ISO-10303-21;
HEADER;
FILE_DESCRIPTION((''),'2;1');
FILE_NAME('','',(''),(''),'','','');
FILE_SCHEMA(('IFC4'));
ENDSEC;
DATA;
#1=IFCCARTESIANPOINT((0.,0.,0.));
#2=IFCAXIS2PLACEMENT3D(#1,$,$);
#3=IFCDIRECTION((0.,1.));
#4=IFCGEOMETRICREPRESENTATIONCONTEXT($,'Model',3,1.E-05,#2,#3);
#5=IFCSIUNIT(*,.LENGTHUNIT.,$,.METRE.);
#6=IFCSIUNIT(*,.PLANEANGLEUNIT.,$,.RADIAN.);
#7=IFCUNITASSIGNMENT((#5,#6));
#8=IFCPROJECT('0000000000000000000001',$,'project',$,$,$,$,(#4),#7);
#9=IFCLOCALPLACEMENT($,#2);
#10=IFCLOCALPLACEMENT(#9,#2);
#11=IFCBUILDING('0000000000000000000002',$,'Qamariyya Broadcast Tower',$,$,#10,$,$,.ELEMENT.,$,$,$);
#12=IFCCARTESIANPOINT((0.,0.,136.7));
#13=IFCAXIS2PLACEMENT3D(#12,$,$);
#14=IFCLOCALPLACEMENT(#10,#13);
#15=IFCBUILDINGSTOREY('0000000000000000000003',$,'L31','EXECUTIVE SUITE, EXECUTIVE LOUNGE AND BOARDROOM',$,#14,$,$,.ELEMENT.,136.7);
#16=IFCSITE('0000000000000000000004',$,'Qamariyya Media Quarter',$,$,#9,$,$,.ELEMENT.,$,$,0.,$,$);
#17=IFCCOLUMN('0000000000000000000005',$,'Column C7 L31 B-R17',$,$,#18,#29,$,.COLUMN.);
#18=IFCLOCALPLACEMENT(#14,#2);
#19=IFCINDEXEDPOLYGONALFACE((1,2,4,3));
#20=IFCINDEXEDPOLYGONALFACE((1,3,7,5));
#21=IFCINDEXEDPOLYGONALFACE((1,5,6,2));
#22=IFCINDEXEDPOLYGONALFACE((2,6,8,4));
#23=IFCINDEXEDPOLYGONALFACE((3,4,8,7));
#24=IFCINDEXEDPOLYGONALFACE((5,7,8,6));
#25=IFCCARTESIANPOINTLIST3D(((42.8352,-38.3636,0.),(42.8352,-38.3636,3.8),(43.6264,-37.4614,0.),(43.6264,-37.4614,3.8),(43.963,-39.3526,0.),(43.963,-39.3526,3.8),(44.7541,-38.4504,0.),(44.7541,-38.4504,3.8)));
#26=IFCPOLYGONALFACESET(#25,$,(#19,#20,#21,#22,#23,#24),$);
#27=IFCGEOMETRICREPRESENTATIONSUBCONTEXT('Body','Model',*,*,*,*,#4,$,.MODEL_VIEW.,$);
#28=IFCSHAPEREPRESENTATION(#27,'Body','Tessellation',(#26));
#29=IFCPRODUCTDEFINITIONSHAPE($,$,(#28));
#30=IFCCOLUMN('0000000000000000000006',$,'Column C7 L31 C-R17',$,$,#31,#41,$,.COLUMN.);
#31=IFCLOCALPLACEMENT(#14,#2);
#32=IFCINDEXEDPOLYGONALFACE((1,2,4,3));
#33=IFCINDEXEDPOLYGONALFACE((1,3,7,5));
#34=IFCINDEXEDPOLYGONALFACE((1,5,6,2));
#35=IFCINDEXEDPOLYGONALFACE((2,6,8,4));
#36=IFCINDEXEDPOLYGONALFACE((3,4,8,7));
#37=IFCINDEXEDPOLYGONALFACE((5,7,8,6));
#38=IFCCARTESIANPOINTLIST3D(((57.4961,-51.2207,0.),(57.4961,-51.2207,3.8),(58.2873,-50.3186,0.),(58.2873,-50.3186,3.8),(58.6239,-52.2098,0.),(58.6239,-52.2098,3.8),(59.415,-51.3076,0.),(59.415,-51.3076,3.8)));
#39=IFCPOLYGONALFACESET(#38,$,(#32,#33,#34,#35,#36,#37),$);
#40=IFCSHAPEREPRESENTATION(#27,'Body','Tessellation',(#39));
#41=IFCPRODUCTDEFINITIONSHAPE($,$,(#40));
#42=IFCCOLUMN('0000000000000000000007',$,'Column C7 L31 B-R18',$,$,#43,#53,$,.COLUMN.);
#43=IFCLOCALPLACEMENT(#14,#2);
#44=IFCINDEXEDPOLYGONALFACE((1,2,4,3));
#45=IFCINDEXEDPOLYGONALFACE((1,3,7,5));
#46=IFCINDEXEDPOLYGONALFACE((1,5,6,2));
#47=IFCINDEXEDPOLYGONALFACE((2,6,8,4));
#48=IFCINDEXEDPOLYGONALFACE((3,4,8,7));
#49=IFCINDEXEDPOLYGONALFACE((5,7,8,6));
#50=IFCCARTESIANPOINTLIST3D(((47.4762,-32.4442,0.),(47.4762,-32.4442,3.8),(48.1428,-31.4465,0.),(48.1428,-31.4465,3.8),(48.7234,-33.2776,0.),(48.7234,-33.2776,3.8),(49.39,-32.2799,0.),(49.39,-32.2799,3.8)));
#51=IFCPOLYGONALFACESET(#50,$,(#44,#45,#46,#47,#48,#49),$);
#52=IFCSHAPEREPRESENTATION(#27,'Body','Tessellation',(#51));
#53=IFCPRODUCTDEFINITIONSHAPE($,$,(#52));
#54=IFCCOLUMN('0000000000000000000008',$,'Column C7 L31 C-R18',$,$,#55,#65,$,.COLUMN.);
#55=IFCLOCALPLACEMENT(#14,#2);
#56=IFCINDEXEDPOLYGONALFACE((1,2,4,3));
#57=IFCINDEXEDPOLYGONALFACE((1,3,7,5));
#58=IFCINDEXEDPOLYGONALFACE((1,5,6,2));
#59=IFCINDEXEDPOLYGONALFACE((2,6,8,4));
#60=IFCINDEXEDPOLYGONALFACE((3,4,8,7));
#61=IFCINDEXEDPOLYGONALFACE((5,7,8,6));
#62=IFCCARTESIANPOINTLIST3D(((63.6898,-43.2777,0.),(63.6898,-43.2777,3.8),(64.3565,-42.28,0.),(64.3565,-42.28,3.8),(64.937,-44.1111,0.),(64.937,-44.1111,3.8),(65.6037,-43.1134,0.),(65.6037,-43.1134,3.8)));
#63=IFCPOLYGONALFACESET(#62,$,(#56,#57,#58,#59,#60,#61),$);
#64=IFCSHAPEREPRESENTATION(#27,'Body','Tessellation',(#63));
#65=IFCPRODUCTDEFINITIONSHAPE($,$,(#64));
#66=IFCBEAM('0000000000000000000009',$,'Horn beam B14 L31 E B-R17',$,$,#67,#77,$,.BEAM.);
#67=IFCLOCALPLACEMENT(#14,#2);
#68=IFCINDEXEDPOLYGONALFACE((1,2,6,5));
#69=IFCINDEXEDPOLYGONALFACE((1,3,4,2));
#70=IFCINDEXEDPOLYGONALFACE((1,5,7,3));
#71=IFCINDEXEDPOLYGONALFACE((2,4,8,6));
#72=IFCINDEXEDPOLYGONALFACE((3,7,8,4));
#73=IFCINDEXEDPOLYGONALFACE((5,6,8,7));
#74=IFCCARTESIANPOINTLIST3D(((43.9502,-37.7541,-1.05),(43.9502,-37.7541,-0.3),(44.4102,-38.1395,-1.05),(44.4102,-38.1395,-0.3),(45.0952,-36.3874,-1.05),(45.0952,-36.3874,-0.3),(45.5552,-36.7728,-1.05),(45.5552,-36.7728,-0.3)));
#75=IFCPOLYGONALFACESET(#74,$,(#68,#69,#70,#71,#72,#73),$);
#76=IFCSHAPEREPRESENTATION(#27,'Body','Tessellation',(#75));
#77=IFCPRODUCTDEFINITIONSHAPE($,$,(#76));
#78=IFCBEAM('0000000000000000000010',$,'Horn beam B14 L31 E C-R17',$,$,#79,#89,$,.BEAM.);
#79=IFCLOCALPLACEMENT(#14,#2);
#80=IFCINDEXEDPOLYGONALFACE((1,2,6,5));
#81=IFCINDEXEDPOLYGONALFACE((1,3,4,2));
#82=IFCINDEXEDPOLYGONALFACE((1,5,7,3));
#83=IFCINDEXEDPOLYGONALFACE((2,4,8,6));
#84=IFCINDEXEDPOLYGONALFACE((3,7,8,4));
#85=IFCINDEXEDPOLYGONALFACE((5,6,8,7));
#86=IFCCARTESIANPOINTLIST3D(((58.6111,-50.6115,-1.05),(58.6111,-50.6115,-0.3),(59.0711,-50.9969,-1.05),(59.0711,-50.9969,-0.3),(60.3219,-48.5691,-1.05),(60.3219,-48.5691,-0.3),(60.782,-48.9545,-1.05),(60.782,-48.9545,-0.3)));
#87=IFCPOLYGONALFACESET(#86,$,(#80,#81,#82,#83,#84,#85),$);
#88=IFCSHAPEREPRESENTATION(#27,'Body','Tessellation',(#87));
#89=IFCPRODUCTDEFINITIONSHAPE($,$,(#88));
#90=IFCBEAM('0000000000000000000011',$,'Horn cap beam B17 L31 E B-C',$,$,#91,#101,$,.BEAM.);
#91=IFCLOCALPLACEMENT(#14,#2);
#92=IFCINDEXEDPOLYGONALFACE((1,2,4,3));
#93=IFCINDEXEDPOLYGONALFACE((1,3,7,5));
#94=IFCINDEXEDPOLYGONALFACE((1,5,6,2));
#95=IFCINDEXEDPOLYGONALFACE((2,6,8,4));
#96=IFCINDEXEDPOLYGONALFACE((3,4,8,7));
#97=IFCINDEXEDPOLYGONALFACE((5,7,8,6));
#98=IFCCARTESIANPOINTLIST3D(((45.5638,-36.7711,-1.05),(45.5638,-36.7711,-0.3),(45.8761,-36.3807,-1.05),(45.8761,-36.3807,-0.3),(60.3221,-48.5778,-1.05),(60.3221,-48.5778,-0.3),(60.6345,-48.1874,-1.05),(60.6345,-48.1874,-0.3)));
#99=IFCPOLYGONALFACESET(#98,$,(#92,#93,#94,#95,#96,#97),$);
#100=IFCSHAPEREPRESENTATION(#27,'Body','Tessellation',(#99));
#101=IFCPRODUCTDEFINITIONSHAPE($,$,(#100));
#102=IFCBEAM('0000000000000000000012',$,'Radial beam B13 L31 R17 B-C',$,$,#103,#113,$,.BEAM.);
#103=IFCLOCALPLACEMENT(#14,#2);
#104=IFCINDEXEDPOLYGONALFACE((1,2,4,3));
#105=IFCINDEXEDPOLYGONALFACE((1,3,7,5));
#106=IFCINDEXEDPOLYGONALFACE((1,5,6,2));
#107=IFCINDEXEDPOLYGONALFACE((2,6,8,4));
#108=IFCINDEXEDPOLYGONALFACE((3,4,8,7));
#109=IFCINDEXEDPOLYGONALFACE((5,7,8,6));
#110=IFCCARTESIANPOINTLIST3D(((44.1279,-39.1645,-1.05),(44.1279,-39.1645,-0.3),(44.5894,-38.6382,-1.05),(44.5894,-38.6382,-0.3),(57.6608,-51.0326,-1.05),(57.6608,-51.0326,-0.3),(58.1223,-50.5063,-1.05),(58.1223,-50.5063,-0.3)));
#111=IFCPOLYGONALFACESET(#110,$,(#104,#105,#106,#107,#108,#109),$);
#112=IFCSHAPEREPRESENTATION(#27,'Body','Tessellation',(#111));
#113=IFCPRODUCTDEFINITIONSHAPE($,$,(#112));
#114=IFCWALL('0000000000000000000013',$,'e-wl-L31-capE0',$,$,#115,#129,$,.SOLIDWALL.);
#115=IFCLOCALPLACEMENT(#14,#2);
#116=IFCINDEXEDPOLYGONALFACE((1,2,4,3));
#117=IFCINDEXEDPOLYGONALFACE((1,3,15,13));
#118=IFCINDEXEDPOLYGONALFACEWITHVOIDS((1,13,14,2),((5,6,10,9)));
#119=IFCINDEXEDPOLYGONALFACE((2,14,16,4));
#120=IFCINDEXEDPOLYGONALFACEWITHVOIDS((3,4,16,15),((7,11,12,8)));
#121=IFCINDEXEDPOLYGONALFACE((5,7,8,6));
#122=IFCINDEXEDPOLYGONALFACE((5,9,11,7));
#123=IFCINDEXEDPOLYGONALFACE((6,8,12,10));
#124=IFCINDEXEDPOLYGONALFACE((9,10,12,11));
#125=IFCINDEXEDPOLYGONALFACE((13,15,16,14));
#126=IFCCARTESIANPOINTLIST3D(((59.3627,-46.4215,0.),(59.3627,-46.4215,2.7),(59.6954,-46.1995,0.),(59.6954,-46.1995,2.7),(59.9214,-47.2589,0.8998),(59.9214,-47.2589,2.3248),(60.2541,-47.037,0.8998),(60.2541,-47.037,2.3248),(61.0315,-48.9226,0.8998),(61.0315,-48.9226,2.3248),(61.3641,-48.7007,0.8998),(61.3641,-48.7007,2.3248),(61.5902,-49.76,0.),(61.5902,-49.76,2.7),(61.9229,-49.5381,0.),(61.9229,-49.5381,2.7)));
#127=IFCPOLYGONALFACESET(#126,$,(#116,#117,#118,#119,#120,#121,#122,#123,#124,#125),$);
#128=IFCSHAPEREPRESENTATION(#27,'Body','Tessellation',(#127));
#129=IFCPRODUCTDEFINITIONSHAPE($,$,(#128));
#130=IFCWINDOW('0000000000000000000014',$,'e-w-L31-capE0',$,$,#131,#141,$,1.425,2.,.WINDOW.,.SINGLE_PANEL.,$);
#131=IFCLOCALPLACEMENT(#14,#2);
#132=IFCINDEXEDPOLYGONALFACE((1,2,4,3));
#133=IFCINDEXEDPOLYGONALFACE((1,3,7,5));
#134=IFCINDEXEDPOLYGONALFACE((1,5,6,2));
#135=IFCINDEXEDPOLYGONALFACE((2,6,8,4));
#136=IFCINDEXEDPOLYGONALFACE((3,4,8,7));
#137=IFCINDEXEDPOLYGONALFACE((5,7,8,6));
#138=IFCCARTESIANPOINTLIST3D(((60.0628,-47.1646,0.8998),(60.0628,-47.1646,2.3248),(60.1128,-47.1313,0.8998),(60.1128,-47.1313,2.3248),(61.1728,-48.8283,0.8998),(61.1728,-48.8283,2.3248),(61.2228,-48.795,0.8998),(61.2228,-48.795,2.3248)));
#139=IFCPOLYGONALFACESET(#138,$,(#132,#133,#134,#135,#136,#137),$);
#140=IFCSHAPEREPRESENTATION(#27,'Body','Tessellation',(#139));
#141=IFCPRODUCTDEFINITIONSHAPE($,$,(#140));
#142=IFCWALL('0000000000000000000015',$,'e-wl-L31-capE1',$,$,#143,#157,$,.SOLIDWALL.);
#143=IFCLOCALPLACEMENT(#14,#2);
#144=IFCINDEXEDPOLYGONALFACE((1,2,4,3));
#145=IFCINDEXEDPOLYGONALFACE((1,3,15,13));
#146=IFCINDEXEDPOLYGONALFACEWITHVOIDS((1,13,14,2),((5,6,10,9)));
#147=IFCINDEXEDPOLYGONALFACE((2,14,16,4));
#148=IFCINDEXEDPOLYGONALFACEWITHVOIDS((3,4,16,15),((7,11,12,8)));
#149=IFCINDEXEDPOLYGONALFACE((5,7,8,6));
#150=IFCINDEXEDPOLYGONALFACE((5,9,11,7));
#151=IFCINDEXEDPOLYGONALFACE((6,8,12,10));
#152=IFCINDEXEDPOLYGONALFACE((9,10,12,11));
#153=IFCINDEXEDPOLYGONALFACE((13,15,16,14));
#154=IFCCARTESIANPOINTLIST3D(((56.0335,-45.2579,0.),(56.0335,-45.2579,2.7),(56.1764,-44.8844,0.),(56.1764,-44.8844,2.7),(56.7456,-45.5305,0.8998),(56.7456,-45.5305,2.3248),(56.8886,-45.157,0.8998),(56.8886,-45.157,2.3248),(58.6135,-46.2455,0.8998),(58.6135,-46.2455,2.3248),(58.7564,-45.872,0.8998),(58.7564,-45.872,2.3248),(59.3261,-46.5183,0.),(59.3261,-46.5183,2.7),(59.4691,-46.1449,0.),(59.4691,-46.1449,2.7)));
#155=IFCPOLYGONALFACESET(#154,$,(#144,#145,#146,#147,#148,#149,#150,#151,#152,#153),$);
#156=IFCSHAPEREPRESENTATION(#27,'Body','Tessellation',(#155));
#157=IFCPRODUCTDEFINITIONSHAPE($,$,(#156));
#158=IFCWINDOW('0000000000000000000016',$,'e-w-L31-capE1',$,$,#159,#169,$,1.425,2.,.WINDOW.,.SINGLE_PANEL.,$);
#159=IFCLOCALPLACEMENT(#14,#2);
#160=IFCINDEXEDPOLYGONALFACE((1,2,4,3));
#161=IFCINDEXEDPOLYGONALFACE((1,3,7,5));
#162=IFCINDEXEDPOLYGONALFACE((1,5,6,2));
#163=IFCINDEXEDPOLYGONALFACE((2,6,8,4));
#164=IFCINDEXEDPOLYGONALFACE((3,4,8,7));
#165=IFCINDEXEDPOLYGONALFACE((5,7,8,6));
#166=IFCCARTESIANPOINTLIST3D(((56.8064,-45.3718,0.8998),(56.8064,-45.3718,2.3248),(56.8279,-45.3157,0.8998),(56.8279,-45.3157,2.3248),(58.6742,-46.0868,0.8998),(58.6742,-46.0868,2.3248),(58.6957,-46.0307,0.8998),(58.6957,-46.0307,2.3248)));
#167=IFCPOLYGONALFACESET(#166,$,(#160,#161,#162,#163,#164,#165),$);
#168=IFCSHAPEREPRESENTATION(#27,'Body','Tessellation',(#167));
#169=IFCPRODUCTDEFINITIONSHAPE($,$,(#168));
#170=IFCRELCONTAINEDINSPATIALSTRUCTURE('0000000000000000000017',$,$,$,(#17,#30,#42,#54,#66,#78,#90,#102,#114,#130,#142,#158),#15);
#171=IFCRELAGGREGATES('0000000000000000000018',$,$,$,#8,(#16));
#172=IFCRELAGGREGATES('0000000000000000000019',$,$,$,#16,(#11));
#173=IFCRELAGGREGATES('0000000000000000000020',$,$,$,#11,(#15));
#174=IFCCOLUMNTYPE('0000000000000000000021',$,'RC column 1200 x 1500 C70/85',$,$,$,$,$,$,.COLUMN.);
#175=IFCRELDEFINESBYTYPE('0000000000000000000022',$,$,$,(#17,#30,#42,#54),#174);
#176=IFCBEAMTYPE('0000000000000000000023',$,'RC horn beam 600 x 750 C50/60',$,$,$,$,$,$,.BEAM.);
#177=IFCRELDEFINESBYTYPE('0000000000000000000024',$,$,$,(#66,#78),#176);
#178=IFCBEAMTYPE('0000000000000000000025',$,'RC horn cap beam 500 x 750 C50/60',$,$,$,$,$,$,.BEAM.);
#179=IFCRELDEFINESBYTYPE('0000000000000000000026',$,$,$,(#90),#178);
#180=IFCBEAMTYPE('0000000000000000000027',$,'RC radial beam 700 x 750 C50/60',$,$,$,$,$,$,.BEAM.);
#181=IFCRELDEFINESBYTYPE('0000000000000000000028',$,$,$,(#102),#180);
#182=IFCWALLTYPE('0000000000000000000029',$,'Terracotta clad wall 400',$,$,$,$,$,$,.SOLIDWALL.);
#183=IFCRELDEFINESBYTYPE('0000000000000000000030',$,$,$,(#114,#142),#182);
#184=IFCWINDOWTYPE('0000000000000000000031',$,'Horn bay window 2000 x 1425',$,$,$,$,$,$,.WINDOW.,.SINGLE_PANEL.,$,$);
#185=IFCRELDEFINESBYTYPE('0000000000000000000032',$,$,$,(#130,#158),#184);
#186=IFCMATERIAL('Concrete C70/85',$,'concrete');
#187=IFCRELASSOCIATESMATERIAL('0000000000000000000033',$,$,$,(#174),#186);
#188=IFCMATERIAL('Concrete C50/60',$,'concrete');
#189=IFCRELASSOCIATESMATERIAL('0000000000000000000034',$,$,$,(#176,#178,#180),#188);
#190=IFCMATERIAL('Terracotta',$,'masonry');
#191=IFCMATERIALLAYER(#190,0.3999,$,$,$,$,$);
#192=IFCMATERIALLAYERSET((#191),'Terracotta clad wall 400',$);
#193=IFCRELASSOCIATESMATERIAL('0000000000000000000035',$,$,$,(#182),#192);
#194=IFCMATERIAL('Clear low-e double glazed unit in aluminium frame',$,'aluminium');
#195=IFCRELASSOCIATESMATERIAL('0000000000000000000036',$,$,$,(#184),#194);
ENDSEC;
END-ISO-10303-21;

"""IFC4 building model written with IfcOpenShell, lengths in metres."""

from ifc_helpers import new_model, si_unit, direction, frame, frame_2d, origin, origin_2d, place, context, subcontext, project, spatial, rectangle, extrude, material, layer, layer_set, material_profile, profile_set, type_object, element, fill, save


model = new_model("IFC4")

# Units and contexts
model_context = context("Model", 3, precision=1e-05, world=origin(), true_north=direction((0.0, 1.0)))
body_context = subcontext(model_context, "Body", "Model", "MODEL_VIEW")
ifc_project = project(units=[si_unit("LENGTHUNIT", "METRE"), si_unit("PLANEANGLEUNIT", "RADIAN")], contexts=[model_context])

# Site, building, storey
site_placement = place(None, origin())
site = spatial("IfcSite", under=ifc_project, at=site_placement, Name="Qamariyya Media Quarter", CompositionType="ELEMENT", RefElevation=0.0)
building_placement = place(site_placement, origin())
building = spatial("IfcBuilding", under=site, at=building_placement, Name="Qamariyya Broadcast Tower", CompositionType="ELEMENT")
storey_placement = place(building_placement, frame((0.0, 0.0, 136.7)))
storey = spatial("IfcBuildingStorey", under=building, at=storey_placement, Name="L31", Description="EXECUTIVE SUITE, EXECUTIVE LOUNGE AND BOARDROOM", CompositionType="ELEMENT", Elevation=136.7)

# Columns
ifc_material_1 = material(Name="Concrete C70/85", Category="concrete")
ifc_material_profile_1 = material_profile(ifc_material_1, rectangle(XDim=1.2, YDim=1.5, at=origin_2d()))
ifc_profile_set_1 = profile_set([ifc_material_profile_1], Name="Concrete C70/85")
column_type = type_object("IfcColumnType", Name="RC column 1200 x 1500 C70/85", PredefinedType="COLUMN", material=ifc_profile_set_1)
for number, where, z_axis, x_axis, name in (
    (1, (43.7947, -38.407, 0.0), (0.0, 0.0, 1.0), (0.659346, 0.75184, 0.0), "Column C7 L31 B-R17"),
    (2, (58.4556, -51.2642, 0.0), (0.0, 0.0, 1.0), (0.659346, 0.75184, 0.0), "Column C7 L31 C-R17"),
    (3, (48.4331, -32.3621, 0.0), (0.0, 0.0, 1.0), (0.55557, 0.83147, 0.0), "Column C7 L31 B-R18"),
    (4, (64.6467, -43.1956, 0.0), (0.0, 0.0, 1.0), (0.55557, 0.83147, 0.0), "Column C7 L31 C-R18"),
):
    element("IfcColumn", number, at=place(storey_placement, frame(where, z_axis=z_axis, x_axis=x_axis)), inside=storey, type_object=column_type, Name=name, PredefinedType="COLUMN", context=body_context, shape_type="SweptSolid", body=[
        extrude(rectangle(XDim=1.2, YDim=1.5, at=origin_2d()), origin(), (0.0, 0.0, 1.0), 3.8),
    ])

# Beams
ifc_material_2 = material(Name="Concrete C50/60", Category="concrete")
ifc_material_profile_2 = material_profile(ifc_material_2, rectangle(XDim=0.6001, YDim=0.75, at=origin_2d()))
ifc_profile_set_2 = profile_set([ifc_material_profile_2], Name="Concrete C50/60")
beam_type_1 = type_object("IfcBeamType", Name="RC horn beam 600 x 750 C50/60", PredefinedType="BEAM", material=ifc_profile_set_2)
beam_1_placement = place(storey_placement, frame((44.1802, -37.9468, -0.675), z_axis=(0.642202, 0.766535, 0.0), x_axis=(-0.766535, 0.642202, 0.0)))
element("IfcBeam", 5, at=beam_1_placement, inside=storey, type_object=beam_type_1, Name="Horn beam B14 L31 E B-R17", PredefinedType="BEAM", context=body_context, shape_type="SweptSolid", body=[
    extrude(rectangle(XDim=0.6001, YDim=0.75, at=origin_2d()), origin(), (0.0, 0.0, 1.0), 1.783),
])
beam_2_placement = place(storey_placement, frame((58.8411, -50.8042, -0.675), z_axis=(0.642147, 0.766581, 0.0), x_axis=(-0.766581, 0.642147, 0.0)))
element("IfcBeam", 6, at=beam_2_placement, inside=storey, type_object=beam_type_1, Name="Horn beam B14 L31 E C-R17", PredefinedType="BEAM", context=body_context, shape_type="SweptSolid", body=[
    extrude(rectangle(XDim=0.6001, YDim=0.75, at=origin_2d()), origin(), (0.0, 0.0, 1.0), 2.6643),
])
ifc_material_profile_3 = material_profile(ifc_material_2, rectangle(XDim=0.5, YDim=0.75, at=origin_2d()))
ifc_profile_set_3 = profile_set([ifc_material_profile_3], Name="Concrete C50/60")
beam_type_2 = type_object("IfcBeamType", Name="RC horn cap beam 500 x 750 C50/60", PredefinedType="BEAM", material=ifc_profile_set_3)
beam_3_placement = place(storey_placement, frame((45.72, -36.5759, -0.675), z_axis=(0.780869, -0.624695, 0.0), x_axis=(0.624695, 0.780869, 0.0)))
element("IfcBeam", 7, at=beam_3_placement, inside=storey, type_object=beam_type_2, Name="Horn cap beam B17 L31 E B-C", PredefinedType="BEAM", context=body_context, shape_type="SweptSolid", body=[
    extrude(rectangle(XDim=0.5, YDim=0.75, at=origin_2d()), origin(), (0.0, 0.0, 1.0), 18.8999),
])
ifc_material_profile_4 = material_profile(ifc_material_2, rectangle(XDim=0.7, YDim=0.75, at=origin_2d()))
ifc_profile_set_4 = profile_set([ifc_material_profile_4], Name="Concrete C50/60")
beam_type_3 = type_object("IfcBeamType", Name="RC radial beam 700 x 750 C50/60", PredefinedType="BEAM", material=ifc_profile_set_4)
beam_4_placement = place(storey_placement, frame((44.3586, -38.9014, -0.675), z_axis=(0.751838, -0.659348, 0.0), x_axis=(0.659348, 0.751838, 0.0)))
element("IfcBeam", 8, at=beam_4_placement, inside=storey, type_object=beam_type_3, Name="Radial beam B13 L31 R17 B-C", PredefinedType="BEAM", context=body_context, shape_type="SweptSolid", body=[
    extrude(rectangle(XDim=0.7, YDim=0.75, at=origin_2d()), origin(), (0.0, 0.0, 1.0), 17.9998),
])

# Walls, openings, windows
ifc_material_3 = material(Name="Terracotta", Category="masonry")
ifc_layer = layer(ifc_material_3, 0.3999)
ifc_layer_set = layer_set([ifc_layer], Name="Terracotta clad wall 400")
wall_type = type_object("IfcWallType", Name="Terracotta clad wall 400", PredefinedType="SOLIDWALL", material=ifc_layer_set)
wall_1_placement = place(storey_placement, frame((61.7566, -49.6492, 0.0), z_axis=(0.0, 0.0, 1.0), x_axis=(-0.555009, 0.831844, 0.0)))
wall_1 = element("IfcWall", 9, at=wall_1_placement, inside=storey, type_object=wall_type, Name="e-wl-L31-capE0", PredefinedType="SOLIDWALL", context=body_context, shape_type="SweptSolid", body=[
    extrude(rectangle(XDim=4.0134, YDim=0.3999, at=frame_2d((2.0068, 0.0))), origin(), (0.0, 0.0, 1.0), 2.7),
])
opening_1_placement = place(wall_1_placement, frame((1.0068, 0.0, 0.8999)))
opening_1 = element("IfcOpeningElement", 10, at=opening_1_placement, cuts=wall_1, PredefinedType="OPENING", context=body_context, shape_type="SweptSolid", body=[
    extrude(rectangle(XDim=2.0, YDim=1.425, at=frame_2d((1.0, 0.7124))), frame((0.0, 0.21, 0.0), z_axis=(0.0, -1.0, 0.0), x_axis=(1.0, 0.0, 0.0)), (0.0, 0.0, 1.0), 0.4199),
])
ifc_material_4 = material(Name="Clear low-e double glazed unit in aluminium frame", Category="aluminium")
window_type_1 = type_object("IfcWindowType", Name="Horn bay window 2000 x 1425", PartitioningType="SINGLE_PANEL", PredefinedType="WINDOW", material=ifc_material_4)
window_1_placement = place(opening_1_placement, origin())
window_1 = element("IfcWindow", 11, at=window_1_placement, inside=storey, type_object=window_type_1, Name="e-w-L31-capE0", OverallHeight=1.425, OverallWidth=2.0, PartitioningType="SINGLE_PANEL", PredefinedType="WINDOW", context=body_context, shape_type="SweptSolid", body=[
    extrude(rectangle(XDim=2.0, YDim=1.425, at=frame_2d((1.0, 0.7124))), frame((0.0, 0.03, 0.0), z_axis=(0.0, -1.0, 0.0), x_axis=(1.0, 0.0, 0.0)), (0.0, 0.0, 1.0), 0.0601),
])
fill(opening_1, window_1)
wall_2_placement = place(storey_placement, frame((59.3975, -46.3315, 0.0), z_axis=(0.0, 0.0, 1.0), x_axis=(-0.933908, 0.357512, 0.0)))
wall_2 = element("IfcWall", 12, at=wall_2_placement, inside=storey, type_object=wall_type, Name="e-wl-L31-capE1", PredefinedType="SOLIDWALL", context=body_context, shape_type="SweptSolid", body=[
    extrude(rectangle(XDim=3.5256, YDim=0.3999, at=frame_2d((1.7627, 0.0))), origin(), (0.0, 0.0, 1.0), 2.7),
])
opening_2_placement = place(wall_2_placement, frame((0.7629, 0.0, 0.8999)))
opening_2 = element("IfcOpeningElement", 13, at=opening_2_placement, cuts=wall_2, PredefinedType="OPENING", context=body_context, shape_type="SweptSolid", body=[
    extrude(rectangle(XDim=2.0, YDim=1.425, at=frame_2d((1.0, 0.7124))), frame((0.0, 0.21, 0.0), z_axis=(0.0, -1.0, 0.0), x_axis=(1.0, 0.0, 0.0)), (0.0, 0.0, 1.0), 0.4199),
])
window_2_placement = place(opening_2_placement, origin())
window_2 = element("IfcWindow", 14, at=window_2_placement, inside=storey, type_object=window_type_1, Name="e-w-L31-capE1", OverallHeight=1.425, OverallWidth=2.0, PartitioningType="SINGLE_PANEL", PredefinedType="WINDOW", context=body_context, shape_type="SweptSolid", body=[
    extrude(rectangle(XDim=2.0, YDim=1.425, at=frame_2d((1.0, 0.7124))), frame((0.0, 0.03, 0.0), z_axis=(0.0, -1.0, 0.0), x_axis=(1.0, 0.0, 0.0)), (0.0, 0.0, 1.0), 0.0601),
])
fill(opening_2, window_2)

save(model, "model.ifc")
